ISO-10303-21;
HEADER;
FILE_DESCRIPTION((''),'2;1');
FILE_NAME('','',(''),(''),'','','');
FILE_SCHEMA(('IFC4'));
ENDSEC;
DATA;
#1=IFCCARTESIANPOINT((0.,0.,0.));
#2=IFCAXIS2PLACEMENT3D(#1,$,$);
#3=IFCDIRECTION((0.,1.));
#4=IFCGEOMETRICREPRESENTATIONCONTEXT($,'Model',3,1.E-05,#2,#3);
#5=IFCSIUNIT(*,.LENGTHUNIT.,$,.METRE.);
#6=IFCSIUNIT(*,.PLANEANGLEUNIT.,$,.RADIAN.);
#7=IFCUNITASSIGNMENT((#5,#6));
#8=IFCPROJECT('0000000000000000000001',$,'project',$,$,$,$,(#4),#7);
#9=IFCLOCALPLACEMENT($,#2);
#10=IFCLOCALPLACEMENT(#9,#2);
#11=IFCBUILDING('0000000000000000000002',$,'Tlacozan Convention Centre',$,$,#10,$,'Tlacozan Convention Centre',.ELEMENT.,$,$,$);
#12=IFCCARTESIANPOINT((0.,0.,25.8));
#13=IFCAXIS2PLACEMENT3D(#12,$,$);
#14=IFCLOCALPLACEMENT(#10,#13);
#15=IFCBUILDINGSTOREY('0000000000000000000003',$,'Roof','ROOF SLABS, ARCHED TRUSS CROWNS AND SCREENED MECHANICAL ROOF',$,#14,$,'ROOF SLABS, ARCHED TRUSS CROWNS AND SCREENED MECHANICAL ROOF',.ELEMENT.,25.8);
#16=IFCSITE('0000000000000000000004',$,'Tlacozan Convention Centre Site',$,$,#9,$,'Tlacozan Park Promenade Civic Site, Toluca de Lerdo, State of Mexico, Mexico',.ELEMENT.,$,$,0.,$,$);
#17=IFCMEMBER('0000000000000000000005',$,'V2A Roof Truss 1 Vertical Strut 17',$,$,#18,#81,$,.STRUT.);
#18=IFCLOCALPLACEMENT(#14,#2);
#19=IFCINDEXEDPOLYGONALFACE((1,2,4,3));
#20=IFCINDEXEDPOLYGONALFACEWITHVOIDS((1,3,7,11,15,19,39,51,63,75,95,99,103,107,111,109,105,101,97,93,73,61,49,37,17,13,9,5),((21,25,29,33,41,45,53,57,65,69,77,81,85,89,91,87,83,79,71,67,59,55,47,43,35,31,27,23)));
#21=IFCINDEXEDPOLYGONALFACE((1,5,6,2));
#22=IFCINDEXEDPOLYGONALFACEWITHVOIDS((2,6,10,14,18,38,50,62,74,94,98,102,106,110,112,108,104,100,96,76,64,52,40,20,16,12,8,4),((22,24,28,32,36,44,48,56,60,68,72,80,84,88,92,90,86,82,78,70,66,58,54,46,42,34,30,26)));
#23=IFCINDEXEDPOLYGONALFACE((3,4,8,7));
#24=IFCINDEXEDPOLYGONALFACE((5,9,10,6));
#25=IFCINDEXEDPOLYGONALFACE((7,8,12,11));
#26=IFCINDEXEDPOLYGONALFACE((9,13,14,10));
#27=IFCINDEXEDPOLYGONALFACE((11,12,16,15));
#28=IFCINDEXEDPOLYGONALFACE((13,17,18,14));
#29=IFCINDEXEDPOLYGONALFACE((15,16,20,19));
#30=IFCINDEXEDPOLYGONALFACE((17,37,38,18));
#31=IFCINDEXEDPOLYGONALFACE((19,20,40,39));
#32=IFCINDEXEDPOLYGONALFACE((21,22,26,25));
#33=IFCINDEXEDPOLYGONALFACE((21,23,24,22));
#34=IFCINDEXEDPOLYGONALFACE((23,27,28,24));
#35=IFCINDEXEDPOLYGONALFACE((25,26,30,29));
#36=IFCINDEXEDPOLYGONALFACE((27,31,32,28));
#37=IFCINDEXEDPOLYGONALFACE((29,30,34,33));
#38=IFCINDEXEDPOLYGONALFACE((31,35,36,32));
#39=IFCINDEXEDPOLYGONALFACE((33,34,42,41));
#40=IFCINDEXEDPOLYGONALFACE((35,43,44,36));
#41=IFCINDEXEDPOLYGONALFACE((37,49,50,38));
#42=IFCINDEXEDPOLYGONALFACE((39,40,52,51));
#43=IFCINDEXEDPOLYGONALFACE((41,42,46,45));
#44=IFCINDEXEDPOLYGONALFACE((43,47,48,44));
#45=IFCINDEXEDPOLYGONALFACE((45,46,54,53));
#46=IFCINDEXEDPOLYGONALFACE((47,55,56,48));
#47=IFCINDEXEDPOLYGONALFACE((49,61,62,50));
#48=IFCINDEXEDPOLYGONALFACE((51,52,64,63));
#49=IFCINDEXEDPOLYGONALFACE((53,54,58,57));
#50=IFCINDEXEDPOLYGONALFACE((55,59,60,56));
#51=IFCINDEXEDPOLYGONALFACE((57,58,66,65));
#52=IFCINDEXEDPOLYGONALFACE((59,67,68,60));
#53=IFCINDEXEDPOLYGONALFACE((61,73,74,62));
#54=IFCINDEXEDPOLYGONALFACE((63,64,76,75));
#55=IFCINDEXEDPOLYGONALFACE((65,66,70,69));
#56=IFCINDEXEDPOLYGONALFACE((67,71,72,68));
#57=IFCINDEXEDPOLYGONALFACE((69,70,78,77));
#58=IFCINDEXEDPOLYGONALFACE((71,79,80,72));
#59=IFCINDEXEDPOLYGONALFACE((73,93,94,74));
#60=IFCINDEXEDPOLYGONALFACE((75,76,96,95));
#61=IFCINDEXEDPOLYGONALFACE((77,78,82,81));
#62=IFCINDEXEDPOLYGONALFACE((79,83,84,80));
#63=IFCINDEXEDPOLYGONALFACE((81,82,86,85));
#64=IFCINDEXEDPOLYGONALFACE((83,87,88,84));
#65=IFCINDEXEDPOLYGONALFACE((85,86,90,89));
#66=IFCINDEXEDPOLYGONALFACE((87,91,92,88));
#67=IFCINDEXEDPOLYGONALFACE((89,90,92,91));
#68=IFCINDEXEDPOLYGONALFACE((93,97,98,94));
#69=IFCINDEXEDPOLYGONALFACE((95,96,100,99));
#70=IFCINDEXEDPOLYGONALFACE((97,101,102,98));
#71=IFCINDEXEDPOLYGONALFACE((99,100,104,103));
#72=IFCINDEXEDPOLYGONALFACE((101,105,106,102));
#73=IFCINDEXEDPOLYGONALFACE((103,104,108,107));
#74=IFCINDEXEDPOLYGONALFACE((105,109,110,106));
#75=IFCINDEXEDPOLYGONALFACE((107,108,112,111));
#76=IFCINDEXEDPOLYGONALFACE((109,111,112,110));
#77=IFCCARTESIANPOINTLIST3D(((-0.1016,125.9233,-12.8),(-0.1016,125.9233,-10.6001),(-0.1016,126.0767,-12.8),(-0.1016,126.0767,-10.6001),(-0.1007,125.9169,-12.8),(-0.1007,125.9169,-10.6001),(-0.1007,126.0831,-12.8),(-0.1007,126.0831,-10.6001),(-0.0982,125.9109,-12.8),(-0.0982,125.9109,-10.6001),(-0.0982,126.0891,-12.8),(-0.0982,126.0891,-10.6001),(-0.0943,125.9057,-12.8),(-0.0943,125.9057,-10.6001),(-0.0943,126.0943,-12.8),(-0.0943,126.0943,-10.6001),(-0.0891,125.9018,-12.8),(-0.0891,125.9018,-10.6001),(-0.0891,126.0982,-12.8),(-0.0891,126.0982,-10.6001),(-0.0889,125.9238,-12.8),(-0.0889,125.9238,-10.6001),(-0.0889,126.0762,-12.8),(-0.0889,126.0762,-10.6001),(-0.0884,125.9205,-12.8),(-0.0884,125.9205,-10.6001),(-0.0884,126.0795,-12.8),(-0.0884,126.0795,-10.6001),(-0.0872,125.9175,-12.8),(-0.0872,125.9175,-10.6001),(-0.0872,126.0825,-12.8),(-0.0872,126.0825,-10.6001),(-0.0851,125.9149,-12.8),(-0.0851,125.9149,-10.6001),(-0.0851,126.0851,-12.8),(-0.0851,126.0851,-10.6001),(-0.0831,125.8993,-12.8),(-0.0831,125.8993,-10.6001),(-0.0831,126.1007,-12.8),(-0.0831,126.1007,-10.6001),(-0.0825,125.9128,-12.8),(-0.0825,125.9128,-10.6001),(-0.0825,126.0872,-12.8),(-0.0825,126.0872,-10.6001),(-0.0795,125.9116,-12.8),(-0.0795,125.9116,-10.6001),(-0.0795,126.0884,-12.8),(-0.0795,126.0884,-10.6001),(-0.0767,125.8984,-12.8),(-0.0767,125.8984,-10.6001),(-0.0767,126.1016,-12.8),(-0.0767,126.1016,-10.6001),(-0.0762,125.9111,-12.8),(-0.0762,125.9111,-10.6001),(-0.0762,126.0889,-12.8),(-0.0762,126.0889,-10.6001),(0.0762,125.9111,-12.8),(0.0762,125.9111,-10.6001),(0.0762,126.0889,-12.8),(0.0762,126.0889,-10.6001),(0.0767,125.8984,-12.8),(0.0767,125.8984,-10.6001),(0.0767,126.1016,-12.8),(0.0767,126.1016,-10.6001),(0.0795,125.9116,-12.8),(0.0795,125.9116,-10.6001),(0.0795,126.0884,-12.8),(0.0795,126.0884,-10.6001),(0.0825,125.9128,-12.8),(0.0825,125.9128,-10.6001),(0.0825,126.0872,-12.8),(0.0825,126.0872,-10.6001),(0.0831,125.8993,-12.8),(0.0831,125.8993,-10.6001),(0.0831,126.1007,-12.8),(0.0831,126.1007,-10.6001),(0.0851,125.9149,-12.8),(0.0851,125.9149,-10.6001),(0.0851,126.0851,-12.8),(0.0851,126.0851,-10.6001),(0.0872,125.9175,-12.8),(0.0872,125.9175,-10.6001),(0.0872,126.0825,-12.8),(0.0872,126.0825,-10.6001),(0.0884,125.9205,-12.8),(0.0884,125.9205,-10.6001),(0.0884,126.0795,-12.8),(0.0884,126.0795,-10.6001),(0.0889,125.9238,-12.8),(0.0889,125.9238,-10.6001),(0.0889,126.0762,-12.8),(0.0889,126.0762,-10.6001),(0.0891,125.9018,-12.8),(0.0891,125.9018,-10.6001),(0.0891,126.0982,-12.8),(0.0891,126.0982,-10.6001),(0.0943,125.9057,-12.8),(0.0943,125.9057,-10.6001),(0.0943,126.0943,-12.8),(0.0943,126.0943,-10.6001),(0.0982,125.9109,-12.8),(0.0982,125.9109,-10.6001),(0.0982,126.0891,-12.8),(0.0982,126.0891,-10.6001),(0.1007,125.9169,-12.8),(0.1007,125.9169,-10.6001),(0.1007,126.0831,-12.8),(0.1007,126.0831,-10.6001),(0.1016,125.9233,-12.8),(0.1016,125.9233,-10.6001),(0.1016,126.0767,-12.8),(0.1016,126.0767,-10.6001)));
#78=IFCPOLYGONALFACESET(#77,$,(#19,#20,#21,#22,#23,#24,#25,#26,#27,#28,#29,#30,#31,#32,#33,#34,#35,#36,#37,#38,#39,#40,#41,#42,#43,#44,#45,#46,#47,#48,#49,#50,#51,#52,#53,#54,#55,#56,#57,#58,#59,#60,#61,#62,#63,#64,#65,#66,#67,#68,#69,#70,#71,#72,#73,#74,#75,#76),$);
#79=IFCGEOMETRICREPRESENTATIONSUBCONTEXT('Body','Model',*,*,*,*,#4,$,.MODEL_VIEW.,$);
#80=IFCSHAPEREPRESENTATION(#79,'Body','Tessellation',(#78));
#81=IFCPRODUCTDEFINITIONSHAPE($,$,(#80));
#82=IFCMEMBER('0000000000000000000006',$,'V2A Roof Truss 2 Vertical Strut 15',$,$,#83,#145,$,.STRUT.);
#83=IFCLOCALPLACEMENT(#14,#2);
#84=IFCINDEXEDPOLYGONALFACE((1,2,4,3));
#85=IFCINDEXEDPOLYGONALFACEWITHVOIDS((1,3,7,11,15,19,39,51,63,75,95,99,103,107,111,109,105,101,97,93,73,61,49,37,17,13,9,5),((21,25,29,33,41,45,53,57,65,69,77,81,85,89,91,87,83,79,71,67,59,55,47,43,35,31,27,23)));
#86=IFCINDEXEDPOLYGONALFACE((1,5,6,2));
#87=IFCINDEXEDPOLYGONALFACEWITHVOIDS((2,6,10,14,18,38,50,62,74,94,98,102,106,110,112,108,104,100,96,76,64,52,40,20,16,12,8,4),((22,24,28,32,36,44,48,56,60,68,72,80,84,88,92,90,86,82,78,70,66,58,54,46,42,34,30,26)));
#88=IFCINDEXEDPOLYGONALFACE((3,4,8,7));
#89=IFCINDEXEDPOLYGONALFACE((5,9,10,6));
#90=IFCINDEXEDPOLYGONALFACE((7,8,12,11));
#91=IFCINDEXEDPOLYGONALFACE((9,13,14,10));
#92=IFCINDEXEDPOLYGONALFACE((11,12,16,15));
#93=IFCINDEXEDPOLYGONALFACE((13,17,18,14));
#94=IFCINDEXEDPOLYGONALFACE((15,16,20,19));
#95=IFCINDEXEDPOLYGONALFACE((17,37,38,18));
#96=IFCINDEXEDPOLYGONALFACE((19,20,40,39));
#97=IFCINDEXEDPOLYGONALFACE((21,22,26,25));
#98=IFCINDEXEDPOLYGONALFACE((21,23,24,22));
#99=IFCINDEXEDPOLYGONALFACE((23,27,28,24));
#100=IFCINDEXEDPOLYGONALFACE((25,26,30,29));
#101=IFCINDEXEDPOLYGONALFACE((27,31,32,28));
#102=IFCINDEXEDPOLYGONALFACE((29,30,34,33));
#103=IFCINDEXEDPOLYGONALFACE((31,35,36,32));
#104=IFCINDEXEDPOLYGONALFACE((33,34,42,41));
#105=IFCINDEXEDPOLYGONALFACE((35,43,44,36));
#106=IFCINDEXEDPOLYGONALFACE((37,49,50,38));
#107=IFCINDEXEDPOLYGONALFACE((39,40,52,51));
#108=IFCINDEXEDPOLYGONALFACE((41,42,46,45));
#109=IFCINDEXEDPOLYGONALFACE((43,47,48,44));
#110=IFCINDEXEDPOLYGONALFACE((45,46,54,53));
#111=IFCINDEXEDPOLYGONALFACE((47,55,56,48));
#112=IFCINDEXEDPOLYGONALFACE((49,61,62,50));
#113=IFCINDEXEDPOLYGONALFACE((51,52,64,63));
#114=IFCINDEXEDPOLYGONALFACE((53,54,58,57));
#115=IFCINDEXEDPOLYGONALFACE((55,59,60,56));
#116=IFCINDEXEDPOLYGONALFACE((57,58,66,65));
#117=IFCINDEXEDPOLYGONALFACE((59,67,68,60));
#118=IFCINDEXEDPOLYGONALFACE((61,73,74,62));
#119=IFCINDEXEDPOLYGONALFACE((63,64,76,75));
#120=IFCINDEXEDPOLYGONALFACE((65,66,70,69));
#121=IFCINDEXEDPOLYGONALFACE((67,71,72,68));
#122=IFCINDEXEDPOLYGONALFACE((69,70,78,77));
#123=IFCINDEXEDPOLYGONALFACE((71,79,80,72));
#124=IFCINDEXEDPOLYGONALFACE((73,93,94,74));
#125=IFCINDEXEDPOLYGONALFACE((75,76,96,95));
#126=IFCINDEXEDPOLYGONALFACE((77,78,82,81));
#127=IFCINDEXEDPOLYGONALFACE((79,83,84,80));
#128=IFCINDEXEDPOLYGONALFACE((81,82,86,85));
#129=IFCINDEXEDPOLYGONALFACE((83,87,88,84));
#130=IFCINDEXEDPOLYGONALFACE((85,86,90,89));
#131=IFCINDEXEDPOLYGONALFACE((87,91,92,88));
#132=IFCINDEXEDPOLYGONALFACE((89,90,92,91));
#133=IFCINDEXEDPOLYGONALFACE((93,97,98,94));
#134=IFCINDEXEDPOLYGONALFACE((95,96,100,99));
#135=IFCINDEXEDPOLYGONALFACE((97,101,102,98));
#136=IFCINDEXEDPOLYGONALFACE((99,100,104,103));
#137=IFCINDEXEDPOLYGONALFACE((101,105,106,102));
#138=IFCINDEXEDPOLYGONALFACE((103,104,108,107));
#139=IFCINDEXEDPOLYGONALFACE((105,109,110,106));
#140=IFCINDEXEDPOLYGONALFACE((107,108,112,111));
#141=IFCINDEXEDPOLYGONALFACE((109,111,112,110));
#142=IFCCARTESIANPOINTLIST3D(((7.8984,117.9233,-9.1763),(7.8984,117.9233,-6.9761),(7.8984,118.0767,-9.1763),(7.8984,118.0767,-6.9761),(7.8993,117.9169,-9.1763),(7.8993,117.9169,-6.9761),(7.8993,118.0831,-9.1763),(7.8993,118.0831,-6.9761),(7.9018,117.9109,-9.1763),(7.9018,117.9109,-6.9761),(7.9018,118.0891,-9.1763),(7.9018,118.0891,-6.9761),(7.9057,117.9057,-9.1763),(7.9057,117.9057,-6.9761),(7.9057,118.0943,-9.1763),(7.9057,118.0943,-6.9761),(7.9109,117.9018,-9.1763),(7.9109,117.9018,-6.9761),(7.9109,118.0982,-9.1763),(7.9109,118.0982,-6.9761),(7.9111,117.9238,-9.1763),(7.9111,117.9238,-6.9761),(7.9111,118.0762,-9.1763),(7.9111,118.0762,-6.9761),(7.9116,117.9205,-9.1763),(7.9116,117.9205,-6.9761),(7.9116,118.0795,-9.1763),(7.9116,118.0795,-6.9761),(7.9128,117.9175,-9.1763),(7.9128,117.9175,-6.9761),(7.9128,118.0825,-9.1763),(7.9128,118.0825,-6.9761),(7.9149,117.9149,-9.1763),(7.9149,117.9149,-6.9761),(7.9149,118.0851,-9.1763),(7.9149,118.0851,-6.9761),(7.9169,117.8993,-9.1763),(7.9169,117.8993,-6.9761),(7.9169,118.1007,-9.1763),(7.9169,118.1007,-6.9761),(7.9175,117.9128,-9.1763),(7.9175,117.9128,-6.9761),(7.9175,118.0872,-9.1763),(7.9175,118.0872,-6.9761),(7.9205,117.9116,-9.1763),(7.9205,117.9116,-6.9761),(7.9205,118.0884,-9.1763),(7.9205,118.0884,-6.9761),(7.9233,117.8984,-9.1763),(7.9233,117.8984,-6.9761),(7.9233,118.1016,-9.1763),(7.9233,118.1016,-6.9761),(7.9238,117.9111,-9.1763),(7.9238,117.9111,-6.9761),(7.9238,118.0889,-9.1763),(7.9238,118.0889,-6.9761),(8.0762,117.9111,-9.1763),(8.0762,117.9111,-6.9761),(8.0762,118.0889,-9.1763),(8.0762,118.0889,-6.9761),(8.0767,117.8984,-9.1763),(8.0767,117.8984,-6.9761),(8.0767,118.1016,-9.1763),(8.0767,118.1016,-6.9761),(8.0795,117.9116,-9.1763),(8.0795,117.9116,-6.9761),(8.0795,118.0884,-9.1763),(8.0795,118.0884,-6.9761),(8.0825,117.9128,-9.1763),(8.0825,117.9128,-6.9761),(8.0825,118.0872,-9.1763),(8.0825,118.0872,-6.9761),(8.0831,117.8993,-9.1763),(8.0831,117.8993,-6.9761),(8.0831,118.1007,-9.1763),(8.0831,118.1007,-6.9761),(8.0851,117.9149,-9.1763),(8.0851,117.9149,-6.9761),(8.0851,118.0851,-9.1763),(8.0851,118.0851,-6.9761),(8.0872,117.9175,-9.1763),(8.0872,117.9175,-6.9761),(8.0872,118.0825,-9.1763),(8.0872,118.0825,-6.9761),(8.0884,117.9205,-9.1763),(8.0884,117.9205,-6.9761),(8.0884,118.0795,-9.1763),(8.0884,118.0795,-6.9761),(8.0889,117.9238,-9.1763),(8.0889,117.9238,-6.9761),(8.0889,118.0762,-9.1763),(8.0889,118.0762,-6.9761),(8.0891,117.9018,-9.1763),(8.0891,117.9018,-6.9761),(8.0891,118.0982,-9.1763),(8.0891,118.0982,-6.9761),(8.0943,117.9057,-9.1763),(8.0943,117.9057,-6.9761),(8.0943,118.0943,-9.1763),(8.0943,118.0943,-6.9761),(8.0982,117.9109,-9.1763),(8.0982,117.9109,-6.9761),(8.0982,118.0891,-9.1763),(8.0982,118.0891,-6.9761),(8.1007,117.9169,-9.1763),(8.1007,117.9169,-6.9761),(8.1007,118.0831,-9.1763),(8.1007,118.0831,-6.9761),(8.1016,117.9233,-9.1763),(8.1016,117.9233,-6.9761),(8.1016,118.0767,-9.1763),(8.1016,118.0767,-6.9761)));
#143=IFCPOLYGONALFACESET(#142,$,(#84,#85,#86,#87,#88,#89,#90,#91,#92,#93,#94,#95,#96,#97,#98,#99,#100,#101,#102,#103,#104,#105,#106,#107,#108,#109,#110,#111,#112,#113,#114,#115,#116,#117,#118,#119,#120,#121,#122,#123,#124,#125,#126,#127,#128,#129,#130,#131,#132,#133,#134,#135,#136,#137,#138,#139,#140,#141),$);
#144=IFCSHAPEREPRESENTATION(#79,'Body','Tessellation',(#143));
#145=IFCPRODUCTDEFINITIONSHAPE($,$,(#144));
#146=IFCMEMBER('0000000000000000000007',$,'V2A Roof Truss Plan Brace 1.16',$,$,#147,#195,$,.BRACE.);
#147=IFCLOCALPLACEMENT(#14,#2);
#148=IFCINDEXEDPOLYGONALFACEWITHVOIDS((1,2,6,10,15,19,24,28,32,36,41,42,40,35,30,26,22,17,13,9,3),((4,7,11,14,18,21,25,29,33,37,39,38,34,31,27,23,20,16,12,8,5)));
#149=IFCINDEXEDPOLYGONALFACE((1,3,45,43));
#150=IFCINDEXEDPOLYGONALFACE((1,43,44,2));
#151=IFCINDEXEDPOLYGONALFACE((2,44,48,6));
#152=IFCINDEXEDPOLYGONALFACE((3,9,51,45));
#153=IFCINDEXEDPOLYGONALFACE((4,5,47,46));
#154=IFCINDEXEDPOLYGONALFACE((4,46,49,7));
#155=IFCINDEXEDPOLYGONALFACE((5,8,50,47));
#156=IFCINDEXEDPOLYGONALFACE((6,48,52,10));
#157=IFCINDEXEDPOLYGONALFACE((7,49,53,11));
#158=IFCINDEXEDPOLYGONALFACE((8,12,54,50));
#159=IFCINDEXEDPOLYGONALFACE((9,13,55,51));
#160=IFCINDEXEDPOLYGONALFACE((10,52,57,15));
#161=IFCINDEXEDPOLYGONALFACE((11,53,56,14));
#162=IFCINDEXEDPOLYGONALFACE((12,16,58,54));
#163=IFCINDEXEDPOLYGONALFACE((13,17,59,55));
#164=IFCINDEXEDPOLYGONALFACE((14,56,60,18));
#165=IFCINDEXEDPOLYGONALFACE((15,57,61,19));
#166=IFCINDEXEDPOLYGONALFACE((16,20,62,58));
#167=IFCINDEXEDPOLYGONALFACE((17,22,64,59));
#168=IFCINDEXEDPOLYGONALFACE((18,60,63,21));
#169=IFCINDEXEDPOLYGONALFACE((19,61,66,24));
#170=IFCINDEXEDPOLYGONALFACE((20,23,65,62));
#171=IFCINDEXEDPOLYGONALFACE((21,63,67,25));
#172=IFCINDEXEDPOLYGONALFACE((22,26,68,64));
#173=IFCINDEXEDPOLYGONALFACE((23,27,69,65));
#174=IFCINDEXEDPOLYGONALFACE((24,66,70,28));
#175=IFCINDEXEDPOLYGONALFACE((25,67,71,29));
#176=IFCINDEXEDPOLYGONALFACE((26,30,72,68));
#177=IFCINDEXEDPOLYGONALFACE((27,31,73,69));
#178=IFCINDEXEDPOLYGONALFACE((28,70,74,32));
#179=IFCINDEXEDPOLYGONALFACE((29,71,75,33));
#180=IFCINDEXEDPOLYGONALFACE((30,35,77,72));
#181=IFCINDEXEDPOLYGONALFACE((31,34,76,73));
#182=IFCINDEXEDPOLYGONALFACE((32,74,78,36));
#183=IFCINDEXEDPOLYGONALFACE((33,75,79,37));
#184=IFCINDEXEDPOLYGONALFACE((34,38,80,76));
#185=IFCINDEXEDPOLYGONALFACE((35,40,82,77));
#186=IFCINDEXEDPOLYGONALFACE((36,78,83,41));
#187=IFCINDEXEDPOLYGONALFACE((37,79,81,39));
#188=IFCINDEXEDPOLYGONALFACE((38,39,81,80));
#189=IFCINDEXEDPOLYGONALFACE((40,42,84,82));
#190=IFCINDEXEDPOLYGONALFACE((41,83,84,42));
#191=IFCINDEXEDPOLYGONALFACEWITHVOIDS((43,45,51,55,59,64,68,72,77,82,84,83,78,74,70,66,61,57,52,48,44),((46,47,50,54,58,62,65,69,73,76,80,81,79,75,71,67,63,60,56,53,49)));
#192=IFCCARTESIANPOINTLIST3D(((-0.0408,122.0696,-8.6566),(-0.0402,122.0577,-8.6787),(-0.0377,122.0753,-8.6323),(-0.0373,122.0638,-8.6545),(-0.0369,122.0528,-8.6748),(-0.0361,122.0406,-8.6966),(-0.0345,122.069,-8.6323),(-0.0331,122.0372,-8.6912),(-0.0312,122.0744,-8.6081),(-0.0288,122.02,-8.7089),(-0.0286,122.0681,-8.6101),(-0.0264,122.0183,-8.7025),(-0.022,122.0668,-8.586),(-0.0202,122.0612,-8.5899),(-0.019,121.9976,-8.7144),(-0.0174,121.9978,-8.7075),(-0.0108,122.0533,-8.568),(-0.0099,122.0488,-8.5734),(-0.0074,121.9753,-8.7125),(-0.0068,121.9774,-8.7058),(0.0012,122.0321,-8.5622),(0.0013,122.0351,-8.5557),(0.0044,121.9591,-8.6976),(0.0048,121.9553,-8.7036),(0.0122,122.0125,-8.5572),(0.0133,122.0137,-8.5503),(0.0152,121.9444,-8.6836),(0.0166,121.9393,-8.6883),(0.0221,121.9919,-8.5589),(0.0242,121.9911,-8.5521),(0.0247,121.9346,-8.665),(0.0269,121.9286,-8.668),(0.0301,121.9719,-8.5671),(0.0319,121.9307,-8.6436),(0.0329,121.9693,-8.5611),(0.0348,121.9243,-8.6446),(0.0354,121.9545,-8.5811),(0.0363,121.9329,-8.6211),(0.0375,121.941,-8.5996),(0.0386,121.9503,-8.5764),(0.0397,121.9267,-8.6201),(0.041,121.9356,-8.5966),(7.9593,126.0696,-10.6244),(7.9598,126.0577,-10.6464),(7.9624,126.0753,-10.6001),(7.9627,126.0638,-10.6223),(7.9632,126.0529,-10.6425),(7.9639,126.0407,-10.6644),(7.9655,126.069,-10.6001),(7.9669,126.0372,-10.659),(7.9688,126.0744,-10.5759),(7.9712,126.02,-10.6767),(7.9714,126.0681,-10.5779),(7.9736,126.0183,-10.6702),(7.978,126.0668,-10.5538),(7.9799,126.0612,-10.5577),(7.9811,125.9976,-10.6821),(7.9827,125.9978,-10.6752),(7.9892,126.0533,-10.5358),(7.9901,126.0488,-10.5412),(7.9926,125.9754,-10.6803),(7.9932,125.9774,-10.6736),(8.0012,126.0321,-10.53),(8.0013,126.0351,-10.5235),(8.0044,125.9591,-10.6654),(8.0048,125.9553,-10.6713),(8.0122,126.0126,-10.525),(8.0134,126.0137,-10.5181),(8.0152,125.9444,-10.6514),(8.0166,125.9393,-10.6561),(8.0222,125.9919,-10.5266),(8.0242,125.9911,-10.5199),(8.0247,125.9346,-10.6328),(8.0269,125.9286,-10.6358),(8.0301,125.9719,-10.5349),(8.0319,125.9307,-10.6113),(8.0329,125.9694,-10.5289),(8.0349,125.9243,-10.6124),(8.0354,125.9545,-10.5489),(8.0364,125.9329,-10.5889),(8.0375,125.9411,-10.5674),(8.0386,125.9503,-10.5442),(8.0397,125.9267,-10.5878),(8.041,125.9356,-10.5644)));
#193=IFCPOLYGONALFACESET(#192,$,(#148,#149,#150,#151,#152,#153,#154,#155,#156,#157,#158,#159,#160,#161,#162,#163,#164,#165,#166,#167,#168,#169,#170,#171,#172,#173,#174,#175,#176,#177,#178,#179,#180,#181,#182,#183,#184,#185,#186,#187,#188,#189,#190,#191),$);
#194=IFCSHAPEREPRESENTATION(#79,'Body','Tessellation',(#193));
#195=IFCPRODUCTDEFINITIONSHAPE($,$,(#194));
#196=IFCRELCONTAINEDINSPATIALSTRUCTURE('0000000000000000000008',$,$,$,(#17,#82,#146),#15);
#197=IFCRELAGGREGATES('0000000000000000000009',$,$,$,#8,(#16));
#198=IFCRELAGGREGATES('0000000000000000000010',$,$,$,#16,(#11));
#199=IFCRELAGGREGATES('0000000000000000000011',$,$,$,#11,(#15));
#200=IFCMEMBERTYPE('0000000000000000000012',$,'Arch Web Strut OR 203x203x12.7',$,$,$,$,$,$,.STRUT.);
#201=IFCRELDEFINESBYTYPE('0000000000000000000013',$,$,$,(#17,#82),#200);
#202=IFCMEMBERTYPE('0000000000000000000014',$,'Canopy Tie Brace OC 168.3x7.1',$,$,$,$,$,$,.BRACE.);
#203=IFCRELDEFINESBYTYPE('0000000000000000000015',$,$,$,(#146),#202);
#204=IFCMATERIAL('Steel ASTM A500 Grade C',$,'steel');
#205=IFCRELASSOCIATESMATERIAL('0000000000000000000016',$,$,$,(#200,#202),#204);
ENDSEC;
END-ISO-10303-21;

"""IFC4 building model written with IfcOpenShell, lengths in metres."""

from ifc_helpers import new_model, si_unit, direction, frame, origin, origin_2d, place, context, subcontext, project, spatial, hollow_rectangle, hollow_circle, extrude, material, material_profile, profile_set, type_object, element, save


model = new_model("IFC4")

# Units and contexts
model_context = context("Model", 3, precision=1e-05, world=origin(), true_north=direction((0.0, 1.0)))
body_context = subcontext(model_context, "Body", "Model", "MODEL_VIEW")
ifc_project = project(units=[si_unit("LENGTHUNIT", "METRE"), si_unit("PLANEANGLEUNIT", "RADIAN")], contexts=[model_context])

# Site, building, storey
site_placement = place(None, origin())
site = spatial("IfcSite", under=ifc_project, at=site_placement, Name="Tlacozan Convention Centre Site", LongName="Tlacozan Park Promenade Civic Site, Toluca de Lerdo, State of Mexico, Mexico", CompositionType="ELEMENT", RefElevation=0.0)
building_placement = place(site_placement, origin())
building = spatial("IfcBuilding", under=site, at=building_placement, Name="Tlacozan Convention Centre", LongName="Tlacozan Convention Centre", CompositionType="ELEMENT")
storey_placement = place(building_placement, frame((0.0, 0.0, 25.8)))
storey = spatial("IfcBuildingStorey", under=building, at=storey_placement, Name="Roof", Description="ROOF SLABS, ARCHED TRUSS CROWNS AND SCREENED MECHANICAL ROOF", LongName="ROOF SLABS, ARCHED TRUSS CROWNS AND SCREENED MECHANICAL ROOF", CompositionType="ELEMENT", Elevation=25.8)

# Members
ifc_material_1 = material(Name="Steel ASTM A500 Grade C", Category="steel")
ifc_material_profile_1 = material_profile(ifc_material_1, hollow_rectangle(XDim=0.2031, YDim=0.2031, WallThickness=0.0127, InnerFilletRadius=0.0127, OuterFilletRadius=0.0249, at=origin_2d()), Name="OR 203x203x12.7")
ifc_profile_set_1 = profile_set([ifc_material_profile_1], Name="Steel ASTM A500 Grade C")
member_type_1 = type_object("IfcMemberType", Name="Arch Web Strut OR 203x203x12.7", PredefinedType="STRUT", material=ifc_profile_set_1)
member_1_placement = place(storey_placement, frame((0.0, 126.0, -12.8), z_axis=(0.0, 0.0, 1.0), x_axis=(1.0, 0.0, 0.0)))
element("IfcMember", 1, at=member_1_placement, inside=storey, type_object=member_type_1, Name="V2A Roof Truss 1 Vertical Strut 17", PredefinedType="STRUT", context=body_context, shape_type="SweptSolid", body=[
    extrude(hollow_rectangle(XDim=0.2031, YDim=0.2031, WallThickness=0.0127, InnerFilletRadius=0.0127, OuterFilletRadius=0.0249, at=origin_2d()), origin(), (0.0, 0.0, 1.0), 2.2),
])
member_2_placement = place(storey_placement, frame((8.0, 118.0, -9.1763), z_axis=(0.0, 0.0, 1.0), x_axis=(1.0, 0.0, 0.0)))
element("IfcMember", 2, at=member_2_placement, inside=storey, type_object=member_type_1, Name="V2A Roof Truss 2 Vertical Strut 15", PredefinedType="STRUT", context=body_context, shape_type="SweptSolid", body=[
    extrude(hollow_rectangle(XDim=0.2031, YDim=0.2031, WallThickness=0.0127, InnerFilletRadius=0.0127, OuterFilletRadius=0.0249, at=origin_2d()), origin(), (0.0, 0.0, 1.0), 2.2002),
])
ifc_material_profile_2 = material_profile(ifc_material_1, hollow_circle(Radius=0.0842, WallThickness=0.0071, at=origin_2d()), Name="OC 168.3x7.1")
ifc_profile_set_2 = profile_set([ifc_material_profile_2], Name="Steel ASTM A500 Grade C")
member_type_2 = type_object("IfcMemberType", Name="Canopy Tie Brace OC 168.3x7.1", PredefinedType="BRACE", material=ifc_profile_set_2)
member_3_placement = place(storey_placement, frame((0.0, 122.0, -8.6323), z_axis=(0.873537, 0.436768, -0.214865), x_axis=(-0.447214, 0.894427, 0.0)))
element("IfcMember", 3, at=member_3_placement, inside=storey, type_object=member_type_2, Name="V2A Roof Truss Plan Brace 1.16", PredefinedType="BRACE", context=body_context, shape_type="SweptSolid", body=[
    extrude(hollow_circle(Radius=0.0842, WallThickness=0.0071, at=origin_2d()), origin(), (0.0, 0.0, 1.0), 9.1582),
])

save(model, "model.ifc")
